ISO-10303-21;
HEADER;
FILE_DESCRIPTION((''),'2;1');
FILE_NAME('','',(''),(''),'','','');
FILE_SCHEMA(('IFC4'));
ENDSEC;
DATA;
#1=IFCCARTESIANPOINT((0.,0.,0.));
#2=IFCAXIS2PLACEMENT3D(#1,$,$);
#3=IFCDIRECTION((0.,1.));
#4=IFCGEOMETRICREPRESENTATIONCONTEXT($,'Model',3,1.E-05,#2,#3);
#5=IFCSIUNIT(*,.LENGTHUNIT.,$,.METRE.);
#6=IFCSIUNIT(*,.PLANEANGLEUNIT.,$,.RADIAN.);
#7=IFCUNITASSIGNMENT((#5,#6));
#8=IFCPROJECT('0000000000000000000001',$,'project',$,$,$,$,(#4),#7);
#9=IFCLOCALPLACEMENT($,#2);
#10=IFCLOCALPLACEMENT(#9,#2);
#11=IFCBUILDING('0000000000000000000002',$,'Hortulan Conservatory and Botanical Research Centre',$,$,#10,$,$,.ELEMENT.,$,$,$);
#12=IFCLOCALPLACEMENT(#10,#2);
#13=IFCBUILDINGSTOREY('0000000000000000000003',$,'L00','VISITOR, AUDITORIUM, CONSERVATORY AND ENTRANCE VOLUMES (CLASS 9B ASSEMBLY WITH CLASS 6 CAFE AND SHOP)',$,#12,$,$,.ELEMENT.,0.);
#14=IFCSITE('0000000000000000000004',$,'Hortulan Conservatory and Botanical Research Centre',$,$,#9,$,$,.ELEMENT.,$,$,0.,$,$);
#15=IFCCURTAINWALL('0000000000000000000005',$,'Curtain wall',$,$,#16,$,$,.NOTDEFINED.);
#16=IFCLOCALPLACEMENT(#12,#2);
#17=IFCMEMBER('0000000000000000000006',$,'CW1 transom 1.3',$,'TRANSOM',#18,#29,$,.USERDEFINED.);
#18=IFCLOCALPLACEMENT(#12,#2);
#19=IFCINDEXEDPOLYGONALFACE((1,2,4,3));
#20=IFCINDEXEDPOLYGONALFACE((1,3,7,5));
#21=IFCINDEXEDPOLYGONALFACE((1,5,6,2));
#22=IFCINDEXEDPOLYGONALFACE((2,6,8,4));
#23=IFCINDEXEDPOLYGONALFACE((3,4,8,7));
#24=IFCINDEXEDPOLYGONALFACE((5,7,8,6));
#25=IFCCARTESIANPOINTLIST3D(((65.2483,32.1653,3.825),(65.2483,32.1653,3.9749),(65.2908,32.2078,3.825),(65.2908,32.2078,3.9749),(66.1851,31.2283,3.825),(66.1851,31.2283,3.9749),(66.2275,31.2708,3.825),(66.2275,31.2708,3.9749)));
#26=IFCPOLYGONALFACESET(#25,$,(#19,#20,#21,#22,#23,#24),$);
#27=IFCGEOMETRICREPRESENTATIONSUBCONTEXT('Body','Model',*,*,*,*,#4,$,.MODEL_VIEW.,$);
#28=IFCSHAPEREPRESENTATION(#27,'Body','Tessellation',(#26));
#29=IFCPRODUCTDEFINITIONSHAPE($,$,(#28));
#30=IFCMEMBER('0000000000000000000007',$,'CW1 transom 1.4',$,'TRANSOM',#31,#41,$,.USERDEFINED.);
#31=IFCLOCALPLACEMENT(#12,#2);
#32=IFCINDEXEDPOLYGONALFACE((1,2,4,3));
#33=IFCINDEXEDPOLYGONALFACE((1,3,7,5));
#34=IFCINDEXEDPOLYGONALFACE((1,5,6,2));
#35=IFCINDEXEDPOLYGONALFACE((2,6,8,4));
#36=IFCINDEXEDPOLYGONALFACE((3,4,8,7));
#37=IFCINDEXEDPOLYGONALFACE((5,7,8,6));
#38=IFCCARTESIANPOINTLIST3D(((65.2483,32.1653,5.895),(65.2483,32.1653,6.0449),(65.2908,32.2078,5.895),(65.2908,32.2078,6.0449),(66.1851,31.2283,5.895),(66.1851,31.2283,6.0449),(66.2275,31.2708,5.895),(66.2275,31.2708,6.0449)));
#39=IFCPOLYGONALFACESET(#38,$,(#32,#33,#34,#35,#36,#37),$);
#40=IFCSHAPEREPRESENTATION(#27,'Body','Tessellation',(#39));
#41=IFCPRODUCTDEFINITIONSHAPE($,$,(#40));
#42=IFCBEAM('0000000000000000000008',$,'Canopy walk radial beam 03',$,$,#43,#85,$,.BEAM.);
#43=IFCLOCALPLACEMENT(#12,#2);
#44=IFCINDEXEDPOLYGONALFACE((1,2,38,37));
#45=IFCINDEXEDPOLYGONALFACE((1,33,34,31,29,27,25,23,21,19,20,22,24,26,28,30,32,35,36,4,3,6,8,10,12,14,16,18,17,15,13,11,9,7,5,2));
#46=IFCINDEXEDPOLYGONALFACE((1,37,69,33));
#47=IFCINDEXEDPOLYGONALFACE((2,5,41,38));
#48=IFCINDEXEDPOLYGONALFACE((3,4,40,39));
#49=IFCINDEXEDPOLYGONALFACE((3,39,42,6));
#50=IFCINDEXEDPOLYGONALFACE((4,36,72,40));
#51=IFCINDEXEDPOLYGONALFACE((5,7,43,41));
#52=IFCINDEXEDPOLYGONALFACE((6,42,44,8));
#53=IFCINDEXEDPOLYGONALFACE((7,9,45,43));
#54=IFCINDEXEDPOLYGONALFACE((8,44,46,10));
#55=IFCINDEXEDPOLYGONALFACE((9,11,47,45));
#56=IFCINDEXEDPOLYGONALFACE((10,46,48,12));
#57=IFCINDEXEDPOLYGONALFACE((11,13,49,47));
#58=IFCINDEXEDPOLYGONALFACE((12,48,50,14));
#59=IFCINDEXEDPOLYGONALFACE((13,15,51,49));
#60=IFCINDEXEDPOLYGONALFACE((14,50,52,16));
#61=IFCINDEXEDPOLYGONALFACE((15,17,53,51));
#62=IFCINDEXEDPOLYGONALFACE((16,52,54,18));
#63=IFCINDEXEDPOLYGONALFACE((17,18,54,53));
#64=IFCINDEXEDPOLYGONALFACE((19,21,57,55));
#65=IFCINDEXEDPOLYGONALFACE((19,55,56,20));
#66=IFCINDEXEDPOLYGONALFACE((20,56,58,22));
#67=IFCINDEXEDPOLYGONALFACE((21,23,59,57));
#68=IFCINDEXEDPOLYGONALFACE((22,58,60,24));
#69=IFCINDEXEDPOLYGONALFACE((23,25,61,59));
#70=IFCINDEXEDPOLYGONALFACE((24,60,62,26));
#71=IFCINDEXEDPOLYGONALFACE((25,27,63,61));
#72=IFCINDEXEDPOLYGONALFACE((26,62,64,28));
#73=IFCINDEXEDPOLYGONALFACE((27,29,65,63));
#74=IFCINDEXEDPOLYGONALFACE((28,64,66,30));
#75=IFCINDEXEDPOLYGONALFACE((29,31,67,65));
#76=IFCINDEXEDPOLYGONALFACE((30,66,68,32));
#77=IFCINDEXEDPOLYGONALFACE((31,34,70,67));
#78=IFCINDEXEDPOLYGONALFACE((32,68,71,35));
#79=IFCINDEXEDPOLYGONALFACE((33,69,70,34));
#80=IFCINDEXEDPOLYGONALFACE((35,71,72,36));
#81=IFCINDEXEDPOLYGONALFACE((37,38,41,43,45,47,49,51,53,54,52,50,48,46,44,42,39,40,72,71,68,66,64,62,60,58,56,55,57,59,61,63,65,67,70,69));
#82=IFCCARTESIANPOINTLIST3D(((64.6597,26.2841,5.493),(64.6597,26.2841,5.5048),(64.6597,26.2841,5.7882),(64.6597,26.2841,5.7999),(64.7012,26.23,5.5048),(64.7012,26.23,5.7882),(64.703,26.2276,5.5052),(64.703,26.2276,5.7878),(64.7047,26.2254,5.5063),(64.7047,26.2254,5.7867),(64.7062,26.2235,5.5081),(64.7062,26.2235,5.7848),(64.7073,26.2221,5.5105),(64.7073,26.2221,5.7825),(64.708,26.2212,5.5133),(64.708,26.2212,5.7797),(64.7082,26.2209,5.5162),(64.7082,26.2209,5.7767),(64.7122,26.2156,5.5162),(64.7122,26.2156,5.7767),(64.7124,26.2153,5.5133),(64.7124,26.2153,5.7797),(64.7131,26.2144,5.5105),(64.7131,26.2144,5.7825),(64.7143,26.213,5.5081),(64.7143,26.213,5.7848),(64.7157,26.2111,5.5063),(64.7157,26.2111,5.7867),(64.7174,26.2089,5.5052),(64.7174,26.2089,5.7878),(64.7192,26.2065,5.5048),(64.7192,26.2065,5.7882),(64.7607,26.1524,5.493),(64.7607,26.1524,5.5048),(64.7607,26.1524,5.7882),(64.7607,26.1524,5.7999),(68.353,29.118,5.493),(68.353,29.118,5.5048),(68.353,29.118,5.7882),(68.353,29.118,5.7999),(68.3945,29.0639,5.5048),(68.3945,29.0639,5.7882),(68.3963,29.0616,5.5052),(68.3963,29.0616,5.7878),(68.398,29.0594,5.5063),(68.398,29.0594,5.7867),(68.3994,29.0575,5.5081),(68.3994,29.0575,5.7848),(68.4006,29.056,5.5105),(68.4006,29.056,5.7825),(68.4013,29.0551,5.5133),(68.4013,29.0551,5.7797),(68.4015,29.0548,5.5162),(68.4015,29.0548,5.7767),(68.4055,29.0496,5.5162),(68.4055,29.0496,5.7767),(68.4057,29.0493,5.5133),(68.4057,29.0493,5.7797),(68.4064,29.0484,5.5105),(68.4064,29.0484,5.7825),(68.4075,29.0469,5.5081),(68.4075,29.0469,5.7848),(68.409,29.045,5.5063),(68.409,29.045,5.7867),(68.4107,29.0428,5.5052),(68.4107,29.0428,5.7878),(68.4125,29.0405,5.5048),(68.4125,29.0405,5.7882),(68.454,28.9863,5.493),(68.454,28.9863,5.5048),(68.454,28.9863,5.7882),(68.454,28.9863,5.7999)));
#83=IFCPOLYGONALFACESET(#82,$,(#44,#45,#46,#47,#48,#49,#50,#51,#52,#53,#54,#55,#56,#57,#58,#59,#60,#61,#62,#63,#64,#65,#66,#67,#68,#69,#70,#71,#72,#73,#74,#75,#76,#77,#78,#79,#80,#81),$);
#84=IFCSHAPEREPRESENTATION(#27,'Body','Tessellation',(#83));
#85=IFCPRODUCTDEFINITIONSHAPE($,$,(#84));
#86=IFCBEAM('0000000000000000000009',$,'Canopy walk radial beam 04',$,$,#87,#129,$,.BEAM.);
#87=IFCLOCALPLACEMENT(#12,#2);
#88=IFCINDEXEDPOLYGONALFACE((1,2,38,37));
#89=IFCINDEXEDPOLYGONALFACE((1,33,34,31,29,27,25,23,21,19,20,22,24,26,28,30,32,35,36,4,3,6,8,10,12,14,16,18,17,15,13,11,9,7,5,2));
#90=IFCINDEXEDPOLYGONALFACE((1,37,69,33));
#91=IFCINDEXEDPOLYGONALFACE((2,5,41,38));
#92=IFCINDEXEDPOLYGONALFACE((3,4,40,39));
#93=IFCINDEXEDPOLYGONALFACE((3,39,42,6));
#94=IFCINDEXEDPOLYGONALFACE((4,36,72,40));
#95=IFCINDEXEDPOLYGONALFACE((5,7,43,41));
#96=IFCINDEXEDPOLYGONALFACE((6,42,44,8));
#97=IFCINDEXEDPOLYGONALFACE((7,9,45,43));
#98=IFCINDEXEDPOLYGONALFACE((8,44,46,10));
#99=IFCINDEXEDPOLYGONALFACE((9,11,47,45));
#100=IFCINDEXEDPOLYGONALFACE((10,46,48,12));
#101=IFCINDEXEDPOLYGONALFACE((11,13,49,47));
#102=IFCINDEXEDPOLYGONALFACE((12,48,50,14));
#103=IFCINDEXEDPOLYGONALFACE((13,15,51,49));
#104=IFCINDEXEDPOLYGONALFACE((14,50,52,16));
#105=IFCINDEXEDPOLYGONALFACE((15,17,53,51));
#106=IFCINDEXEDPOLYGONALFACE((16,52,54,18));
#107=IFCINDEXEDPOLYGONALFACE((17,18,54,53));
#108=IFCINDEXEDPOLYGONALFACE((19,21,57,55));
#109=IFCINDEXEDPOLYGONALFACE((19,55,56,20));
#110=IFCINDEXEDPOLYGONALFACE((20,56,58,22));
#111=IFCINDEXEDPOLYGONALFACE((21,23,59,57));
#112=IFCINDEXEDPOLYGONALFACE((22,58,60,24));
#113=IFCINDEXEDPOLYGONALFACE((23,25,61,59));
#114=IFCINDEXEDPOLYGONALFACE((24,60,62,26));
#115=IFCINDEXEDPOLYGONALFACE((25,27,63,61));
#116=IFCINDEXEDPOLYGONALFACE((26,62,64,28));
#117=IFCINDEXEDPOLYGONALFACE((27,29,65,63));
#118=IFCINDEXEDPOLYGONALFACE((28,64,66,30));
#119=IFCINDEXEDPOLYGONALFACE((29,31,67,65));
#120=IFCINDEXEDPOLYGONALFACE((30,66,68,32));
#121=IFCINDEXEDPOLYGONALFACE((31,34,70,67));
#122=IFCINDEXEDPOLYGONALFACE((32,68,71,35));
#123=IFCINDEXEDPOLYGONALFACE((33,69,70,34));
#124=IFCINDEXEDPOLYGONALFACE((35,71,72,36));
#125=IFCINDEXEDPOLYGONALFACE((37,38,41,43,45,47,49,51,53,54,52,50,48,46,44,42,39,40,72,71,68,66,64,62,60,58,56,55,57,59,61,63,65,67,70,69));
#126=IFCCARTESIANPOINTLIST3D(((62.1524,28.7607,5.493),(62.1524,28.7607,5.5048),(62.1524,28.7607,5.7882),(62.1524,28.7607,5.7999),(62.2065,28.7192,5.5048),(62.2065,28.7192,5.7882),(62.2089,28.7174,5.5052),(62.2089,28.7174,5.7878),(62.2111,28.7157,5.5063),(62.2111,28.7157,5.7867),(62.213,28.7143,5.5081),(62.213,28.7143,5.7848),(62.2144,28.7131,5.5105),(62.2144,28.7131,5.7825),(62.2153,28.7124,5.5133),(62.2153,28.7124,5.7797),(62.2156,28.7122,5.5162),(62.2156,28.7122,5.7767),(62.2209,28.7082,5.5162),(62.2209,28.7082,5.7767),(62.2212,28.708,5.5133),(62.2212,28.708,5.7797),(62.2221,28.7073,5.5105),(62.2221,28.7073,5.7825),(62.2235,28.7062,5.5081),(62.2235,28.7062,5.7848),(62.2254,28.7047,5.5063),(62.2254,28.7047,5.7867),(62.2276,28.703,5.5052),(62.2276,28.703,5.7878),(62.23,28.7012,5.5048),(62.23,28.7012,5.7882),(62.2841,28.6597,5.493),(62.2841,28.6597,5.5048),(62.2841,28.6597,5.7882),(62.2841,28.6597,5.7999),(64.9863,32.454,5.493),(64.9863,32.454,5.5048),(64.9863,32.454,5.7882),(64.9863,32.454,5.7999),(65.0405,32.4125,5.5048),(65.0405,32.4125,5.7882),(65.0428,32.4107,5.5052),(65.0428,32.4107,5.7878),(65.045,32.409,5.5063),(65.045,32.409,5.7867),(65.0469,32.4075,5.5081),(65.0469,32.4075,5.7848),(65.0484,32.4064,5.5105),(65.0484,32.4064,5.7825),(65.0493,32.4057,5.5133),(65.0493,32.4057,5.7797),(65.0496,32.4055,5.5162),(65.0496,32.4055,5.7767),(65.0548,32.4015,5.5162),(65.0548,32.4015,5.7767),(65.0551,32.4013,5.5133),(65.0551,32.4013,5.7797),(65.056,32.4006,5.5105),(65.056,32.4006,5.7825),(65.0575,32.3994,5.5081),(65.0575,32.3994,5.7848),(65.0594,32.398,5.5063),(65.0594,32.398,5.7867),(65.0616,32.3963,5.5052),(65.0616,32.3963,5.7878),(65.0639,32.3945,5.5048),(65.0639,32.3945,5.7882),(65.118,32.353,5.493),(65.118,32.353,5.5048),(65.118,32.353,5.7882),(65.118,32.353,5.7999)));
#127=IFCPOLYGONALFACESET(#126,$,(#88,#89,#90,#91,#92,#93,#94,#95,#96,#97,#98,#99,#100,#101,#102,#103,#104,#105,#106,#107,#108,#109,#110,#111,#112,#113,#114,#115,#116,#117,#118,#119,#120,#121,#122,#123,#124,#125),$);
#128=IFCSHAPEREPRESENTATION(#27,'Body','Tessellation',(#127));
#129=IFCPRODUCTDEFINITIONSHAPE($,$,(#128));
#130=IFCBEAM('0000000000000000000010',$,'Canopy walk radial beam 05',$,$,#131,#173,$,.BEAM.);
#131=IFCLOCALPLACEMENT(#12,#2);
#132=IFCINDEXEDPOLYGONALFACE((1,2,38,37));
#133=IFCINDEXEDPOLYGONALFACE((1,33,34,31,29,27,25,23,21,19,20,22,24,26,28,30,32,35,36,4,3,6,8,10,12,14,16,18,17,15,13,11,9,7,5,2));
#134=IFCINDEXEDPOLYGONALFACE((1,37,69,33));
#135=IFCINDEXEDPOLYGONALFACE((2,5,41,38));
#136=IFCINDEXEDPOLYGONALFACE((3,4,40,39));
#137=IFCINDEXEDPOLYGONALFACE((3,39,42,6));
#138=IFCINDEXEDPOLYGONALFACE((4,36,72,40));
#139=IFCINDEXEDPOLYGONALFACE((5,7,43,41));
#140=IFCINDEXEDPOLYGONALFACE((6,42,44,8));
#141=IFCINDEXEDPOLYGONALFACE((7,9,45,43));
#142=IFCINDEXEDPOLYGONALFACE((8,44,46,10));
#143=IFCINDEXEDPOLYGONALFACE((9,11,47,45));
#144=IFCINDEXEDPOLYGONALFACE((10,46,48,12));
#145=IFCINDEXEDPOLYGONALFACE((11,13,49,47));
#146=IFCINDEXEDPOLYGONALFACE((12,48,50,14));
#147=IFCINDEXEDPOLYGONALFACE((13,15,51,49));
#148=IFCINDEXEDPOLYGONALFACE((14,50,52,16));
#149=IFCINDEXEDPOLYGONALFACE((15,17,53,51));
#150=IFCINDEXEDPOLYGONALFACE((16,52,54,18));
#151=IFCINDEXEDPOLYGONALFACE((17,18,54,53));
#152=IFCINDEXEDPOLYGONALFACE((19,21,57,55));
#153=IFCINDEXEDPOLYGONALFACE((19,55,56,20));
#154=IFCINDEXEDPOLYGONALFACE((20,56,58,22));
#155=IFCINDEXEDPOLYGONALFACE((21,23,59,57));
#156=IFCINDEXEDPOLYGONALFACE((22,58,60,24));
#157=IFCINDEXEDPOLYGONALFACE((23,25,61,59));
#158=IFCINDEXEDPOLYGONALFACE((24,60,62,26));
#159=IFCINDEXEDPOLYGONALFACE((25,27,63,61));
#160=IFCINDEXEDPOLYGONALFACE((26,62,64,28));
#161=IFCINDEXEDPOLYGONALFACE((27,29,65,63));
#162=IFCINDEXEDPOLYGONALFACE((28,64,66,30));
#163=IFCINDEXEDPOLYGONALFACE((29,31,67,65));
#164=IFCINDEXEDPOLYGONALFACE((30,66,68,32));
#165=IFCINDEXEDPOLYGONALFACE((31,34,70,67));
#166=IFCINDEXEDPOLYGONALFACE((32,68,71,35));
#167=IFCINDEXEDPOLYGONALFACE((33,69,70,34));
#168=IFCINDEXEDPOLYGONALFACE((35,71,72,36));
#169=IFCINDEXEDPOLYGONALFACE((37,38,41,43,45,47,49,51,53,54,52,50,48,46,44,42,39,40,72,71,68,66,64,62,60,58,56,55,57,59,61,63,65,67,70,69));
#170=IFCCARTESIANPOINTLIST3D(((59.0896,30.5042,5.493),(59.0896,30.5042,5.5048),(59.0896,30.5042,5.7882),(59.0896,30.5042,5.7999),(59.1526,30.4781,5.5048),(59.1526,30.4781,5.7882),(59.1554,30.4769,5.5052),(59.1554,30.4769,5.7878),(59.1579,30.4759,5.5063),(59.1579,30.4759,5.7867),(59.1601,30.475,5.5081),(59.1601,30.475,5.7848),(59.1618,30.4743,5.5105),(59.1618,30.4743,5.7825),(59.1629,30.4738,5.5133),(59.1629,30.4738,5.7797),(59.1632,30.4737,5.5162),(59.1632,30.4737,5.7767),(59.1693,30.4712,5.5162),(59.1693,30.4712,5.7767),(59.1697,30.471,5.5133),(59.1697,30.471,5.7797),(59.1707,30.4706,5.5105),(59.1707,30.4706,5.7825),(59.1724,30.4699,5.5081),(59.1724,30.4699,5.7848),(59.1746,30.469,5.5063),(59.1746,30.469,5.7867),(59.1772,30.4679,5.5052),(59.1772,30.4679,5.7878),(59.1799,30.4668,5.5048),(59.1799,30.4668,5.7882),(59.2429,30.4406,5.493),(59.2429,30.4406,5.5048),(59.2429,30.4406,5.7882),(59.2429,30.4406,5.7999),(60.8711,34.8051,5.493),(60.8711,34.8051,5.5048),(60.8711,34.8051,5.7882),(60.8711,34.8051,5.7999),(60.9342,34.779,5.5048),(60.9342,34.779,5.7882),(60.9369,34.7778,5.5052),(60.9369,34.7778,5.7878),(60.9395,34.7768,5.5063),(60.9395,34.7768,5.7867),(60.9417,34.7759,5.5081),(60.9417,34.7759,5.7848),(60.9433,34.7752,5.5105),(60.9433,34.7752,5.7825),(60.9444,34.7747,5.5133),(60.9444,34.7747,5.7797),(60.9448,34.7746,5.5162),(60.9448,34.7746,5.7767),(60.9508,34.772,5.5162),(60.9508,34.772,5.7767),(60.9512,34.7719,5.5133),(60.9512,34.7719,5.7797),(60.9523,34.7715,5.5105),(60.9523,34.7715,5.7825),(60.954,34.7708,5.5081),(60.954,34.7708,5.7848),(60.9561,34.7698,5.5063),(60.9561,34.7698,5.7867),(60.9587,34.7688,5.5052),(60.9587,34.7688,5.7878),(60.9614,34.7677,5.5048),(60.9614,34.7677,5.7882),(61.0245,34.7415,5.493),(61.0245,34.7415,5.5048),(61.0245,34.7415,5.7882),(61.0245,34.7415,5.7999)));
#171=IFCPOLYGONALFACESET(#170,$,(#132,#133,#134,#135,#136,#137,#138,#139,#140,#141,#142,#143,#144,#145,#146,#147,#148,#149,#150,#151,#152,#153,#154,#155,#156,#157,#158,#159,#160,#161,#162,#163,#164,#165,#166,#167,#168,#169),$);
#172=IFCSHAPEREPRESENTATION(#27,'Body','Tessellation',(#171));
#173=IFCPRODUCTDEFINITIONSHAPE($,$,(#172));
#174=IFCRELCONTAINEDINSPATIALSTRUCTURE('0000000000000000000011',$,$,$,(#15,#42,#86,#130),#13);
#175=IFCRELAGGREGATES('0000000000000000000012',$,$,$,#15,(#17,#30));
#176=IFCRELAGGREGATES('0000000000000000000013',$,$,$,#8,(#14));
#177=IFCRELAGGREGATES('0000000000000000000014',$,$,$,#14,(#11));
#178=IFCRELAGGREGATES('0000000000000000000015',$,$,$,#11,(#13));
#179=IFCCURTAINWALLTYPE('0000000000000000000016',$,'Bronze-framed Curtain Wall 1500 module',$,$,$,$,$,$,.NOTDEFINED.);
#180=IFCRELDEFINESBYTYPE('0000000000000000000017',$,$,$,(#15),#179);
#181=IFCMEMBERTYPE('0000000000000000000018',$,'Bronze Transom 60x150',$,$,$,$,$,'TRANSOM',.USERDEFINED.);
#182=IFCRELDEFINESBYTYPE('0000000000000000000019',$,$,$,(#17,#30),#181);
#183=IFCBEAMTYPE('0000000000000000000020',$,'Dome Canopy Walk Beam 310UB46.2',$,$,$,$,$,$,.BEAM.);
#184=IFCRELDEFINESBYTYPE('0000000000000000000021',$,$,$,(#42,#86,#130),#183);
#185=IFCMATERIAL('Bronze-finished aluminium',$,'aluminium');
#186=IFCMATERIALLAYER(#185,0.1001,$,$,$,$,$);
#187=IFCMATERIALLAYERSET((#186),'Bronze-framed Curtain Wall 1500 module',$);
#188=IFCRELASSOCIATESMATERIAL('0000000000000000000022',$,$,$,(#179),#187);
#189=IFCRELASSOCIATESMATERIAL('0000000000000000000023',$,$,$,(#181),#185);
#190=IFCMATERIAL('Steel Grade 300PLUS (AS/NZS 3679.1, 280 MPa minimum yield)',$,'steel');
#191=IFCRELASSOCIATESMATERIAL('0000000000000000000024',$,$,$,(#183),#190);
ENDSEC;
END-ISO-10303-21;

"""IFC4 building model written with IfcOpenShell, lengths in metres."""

from ifc_helpers import new_model, si_unit, direction, frame, origin, origin_2d, place, context, subcontext, project, spatial, rectangle, i_section, extrude, material, layer, layer_set, material_profile, profile_set, type_object, element, aggregate, save


model = new_model("IFC4")

# Units and contexts
model_context = context("Model", 3, precision=1e-05, world=origin(), true_north=direction((0.0, 1.0)))
body_context = subcontext(model_context, "Body", "Model", "MODEL_VIEW")
ifc_project = project(units=[si_unit("LENGTHUNIT", "METRE"), si_unit("PLANEANGLEUNIT", "RADIAN")], contexts=[model_context])

# Site, building, storey
site_placement = place(None, origin())
site = spatial("IfcSite", under=ifc_project, at=site_placement, Name="Hortulan Conservatory and Botanical Research Centre", CompositionType="ELEMENT", RefElevation=0.0)
building_placement = place(site_placement, origin())
building = spatial("IfcBuilding", under=site, at=building_placement, Name="Hortulan Conservatory and Botanical Research Centre", CompositionType="ELEMENT")
storey_placement = place(building_placement, origin())
storey = spatial("IfcBuildingStorey", under=building, at=storey_placement, Name="L00", Description="VISITOR, AUDITORIUM, CONSERVATORY AND ENTRANCE VOLUMES (CLASS 9B ASSEMBLY WITH CLASS 6 CAFE AND SHOP)", CompositionType="ELEMENT", Elevation=0.0)

# Curtain wall
ifc_material_1 = material(Name="Bronze-finished aluminium", Category="aluminium")
ifc_layer_1 = layer(ifc_material_1, 0.1001)
ifc_layer_set_1 = layer_set([ifc_layer_1], Name="Bronze-framed Curtain Wall 1500 module")
curtain_wall_type = type_object("IfcCurtainWallType", Name="Bronze-framed Curtain Wall 1500 module", PredefinedType="NOTDEFINED", material=ifc_layer_set_1)
curtain_wall_1_placement = place(storey_placement, origin())
curtain_wall_1 = element("IfcCurtainWall", 1, at=curtain_wall_1_placement, inside=storey, type_object=curtain_wall_type, Name="Curtain wall", PredefinedType="NOTDEFINED")

# Members
ifc_material_profile_1 = material_profile(ifc_material_1, rectangle(XDim=0.0601, YDim=0.1499, at=origin_2d()), Name="Bronze Transom 60x150")
ifc_profile_set_1 = profile_set([ifc_material_profile_1], Name="Bronze-finished aluminium")
member_type_1 = type_object("IfcMemberType", Name="Bronze Transom 60x150", ElementType="TRANSOM", PredefinedType="USERDEFINED", material=ifc_profile_set_1)
member_1_placement = place(storey_placement, frame((65.2695, 32.1865, 3.8999), z_axis=(0.707015, -0.707199, 0.0), x_axis=(0.707199, 0.707015, 0.0)))
member_1 = element("IfcMember", 2, at=member_1_placement, type_object=member_type_1, Name="CW1 transom 1.3", ObjectType="TRANSOM", PredefinedType="USERDEFINED", context=body_context, shape_type="SweptSolid", body=[
    extrude(rectangle(XDim=0.0601, YDim=0.1499, at=origin_2d()), origin(), (0.0, 0.0, 1.0), 1.325),
])
member_2_placement = place(storey_placement, frame((65.2695, 32.1865, 5.97), z_axis=(0.707015, -0.707199, 0.0), x_axis=(0.707199, 0.707015, 0.0)))
member_2 = element("IfcMember", 3, at=member_2_placement, type_object=member_type_1, Name="CW1 transom 1.4", ObjectType="TRANSOM", PredefinedType="USERDEFINED", context=body_context, shape_type="SweptSolid", body=[
    extrude(rectangle(XDim=0.0601, YDim=0.1499, at=origin_2d()), origin(), (0.0, 0.0, 1.0), 1.325),
])
aggregate(curtain_wall_1, [member_1, member_2])

# Beams
ifc_material_2 = material(Name="Steel Grade 300PLUS (AS/NZS 3679.1, 280 MPa minimum yield)", Category="steel")
ifc_material_profile_2 = material_profile(ifc_material_2, i_section(OverallWidth=0.166, OverallDepth=0.3069, WebThickness=0.0066, FlangeThickness=0.0117, FilletRadius=0.0115, at=origin_2d()), Name="310UB46.2")
ifc_profile_set_2 = profile_set([ifc_material_profile_2], Name="Steel Grade 300PLUS (AS/NZS 3679.1, 280 MPa minimum yield)")
beam_type = type_object("IfcBeamType", Name="Dome Canopy Walk Beam 310UB46.2", PredefinedType="BEAM", material=ifc_profile_set_2)
for number, where, z_axis, x_axis, name in (
    (4, (64.7102, 26.2183, 5.6465), (0.793356, 0.608757, 0.0), (-0.608757, 0.793356, 0.0), "Canopy walk radial beam 03"),
    (5, (62.2183, 28.7102, 5.6465), (0.608757, 0.793356, 0.0), (-0.793356, 0.608757, 0.0), "Canopy walk radial beam 04"),
    (6, (59.1663, 30.4724, 5.6465), (0.382693, 0.923876, 0.0), (-0.923876, 0.382693, 0.0), "Canopy walk radial beam 05"),
):
    element("IfcBeam", number, at=place(storey_placement, frame(where, z_axis=z_axis, x_axis=x_axis)), inside=storey, type_object=beam_type, Name=name, PredefinedType="BEAM", context=body_context, shape_type="SweptSolid", body=[
        extrude(i_section(OverallWidth=0.166, OverallDepth=0.3069, WebThickness=0.0066, FlangeThickness=0.0117, FilletRadius=0.0115, at=origin_2d()), origin(), (0.0, 0.0, 1.0), 4.6553),
    ])

save(model, "model.ifc")
